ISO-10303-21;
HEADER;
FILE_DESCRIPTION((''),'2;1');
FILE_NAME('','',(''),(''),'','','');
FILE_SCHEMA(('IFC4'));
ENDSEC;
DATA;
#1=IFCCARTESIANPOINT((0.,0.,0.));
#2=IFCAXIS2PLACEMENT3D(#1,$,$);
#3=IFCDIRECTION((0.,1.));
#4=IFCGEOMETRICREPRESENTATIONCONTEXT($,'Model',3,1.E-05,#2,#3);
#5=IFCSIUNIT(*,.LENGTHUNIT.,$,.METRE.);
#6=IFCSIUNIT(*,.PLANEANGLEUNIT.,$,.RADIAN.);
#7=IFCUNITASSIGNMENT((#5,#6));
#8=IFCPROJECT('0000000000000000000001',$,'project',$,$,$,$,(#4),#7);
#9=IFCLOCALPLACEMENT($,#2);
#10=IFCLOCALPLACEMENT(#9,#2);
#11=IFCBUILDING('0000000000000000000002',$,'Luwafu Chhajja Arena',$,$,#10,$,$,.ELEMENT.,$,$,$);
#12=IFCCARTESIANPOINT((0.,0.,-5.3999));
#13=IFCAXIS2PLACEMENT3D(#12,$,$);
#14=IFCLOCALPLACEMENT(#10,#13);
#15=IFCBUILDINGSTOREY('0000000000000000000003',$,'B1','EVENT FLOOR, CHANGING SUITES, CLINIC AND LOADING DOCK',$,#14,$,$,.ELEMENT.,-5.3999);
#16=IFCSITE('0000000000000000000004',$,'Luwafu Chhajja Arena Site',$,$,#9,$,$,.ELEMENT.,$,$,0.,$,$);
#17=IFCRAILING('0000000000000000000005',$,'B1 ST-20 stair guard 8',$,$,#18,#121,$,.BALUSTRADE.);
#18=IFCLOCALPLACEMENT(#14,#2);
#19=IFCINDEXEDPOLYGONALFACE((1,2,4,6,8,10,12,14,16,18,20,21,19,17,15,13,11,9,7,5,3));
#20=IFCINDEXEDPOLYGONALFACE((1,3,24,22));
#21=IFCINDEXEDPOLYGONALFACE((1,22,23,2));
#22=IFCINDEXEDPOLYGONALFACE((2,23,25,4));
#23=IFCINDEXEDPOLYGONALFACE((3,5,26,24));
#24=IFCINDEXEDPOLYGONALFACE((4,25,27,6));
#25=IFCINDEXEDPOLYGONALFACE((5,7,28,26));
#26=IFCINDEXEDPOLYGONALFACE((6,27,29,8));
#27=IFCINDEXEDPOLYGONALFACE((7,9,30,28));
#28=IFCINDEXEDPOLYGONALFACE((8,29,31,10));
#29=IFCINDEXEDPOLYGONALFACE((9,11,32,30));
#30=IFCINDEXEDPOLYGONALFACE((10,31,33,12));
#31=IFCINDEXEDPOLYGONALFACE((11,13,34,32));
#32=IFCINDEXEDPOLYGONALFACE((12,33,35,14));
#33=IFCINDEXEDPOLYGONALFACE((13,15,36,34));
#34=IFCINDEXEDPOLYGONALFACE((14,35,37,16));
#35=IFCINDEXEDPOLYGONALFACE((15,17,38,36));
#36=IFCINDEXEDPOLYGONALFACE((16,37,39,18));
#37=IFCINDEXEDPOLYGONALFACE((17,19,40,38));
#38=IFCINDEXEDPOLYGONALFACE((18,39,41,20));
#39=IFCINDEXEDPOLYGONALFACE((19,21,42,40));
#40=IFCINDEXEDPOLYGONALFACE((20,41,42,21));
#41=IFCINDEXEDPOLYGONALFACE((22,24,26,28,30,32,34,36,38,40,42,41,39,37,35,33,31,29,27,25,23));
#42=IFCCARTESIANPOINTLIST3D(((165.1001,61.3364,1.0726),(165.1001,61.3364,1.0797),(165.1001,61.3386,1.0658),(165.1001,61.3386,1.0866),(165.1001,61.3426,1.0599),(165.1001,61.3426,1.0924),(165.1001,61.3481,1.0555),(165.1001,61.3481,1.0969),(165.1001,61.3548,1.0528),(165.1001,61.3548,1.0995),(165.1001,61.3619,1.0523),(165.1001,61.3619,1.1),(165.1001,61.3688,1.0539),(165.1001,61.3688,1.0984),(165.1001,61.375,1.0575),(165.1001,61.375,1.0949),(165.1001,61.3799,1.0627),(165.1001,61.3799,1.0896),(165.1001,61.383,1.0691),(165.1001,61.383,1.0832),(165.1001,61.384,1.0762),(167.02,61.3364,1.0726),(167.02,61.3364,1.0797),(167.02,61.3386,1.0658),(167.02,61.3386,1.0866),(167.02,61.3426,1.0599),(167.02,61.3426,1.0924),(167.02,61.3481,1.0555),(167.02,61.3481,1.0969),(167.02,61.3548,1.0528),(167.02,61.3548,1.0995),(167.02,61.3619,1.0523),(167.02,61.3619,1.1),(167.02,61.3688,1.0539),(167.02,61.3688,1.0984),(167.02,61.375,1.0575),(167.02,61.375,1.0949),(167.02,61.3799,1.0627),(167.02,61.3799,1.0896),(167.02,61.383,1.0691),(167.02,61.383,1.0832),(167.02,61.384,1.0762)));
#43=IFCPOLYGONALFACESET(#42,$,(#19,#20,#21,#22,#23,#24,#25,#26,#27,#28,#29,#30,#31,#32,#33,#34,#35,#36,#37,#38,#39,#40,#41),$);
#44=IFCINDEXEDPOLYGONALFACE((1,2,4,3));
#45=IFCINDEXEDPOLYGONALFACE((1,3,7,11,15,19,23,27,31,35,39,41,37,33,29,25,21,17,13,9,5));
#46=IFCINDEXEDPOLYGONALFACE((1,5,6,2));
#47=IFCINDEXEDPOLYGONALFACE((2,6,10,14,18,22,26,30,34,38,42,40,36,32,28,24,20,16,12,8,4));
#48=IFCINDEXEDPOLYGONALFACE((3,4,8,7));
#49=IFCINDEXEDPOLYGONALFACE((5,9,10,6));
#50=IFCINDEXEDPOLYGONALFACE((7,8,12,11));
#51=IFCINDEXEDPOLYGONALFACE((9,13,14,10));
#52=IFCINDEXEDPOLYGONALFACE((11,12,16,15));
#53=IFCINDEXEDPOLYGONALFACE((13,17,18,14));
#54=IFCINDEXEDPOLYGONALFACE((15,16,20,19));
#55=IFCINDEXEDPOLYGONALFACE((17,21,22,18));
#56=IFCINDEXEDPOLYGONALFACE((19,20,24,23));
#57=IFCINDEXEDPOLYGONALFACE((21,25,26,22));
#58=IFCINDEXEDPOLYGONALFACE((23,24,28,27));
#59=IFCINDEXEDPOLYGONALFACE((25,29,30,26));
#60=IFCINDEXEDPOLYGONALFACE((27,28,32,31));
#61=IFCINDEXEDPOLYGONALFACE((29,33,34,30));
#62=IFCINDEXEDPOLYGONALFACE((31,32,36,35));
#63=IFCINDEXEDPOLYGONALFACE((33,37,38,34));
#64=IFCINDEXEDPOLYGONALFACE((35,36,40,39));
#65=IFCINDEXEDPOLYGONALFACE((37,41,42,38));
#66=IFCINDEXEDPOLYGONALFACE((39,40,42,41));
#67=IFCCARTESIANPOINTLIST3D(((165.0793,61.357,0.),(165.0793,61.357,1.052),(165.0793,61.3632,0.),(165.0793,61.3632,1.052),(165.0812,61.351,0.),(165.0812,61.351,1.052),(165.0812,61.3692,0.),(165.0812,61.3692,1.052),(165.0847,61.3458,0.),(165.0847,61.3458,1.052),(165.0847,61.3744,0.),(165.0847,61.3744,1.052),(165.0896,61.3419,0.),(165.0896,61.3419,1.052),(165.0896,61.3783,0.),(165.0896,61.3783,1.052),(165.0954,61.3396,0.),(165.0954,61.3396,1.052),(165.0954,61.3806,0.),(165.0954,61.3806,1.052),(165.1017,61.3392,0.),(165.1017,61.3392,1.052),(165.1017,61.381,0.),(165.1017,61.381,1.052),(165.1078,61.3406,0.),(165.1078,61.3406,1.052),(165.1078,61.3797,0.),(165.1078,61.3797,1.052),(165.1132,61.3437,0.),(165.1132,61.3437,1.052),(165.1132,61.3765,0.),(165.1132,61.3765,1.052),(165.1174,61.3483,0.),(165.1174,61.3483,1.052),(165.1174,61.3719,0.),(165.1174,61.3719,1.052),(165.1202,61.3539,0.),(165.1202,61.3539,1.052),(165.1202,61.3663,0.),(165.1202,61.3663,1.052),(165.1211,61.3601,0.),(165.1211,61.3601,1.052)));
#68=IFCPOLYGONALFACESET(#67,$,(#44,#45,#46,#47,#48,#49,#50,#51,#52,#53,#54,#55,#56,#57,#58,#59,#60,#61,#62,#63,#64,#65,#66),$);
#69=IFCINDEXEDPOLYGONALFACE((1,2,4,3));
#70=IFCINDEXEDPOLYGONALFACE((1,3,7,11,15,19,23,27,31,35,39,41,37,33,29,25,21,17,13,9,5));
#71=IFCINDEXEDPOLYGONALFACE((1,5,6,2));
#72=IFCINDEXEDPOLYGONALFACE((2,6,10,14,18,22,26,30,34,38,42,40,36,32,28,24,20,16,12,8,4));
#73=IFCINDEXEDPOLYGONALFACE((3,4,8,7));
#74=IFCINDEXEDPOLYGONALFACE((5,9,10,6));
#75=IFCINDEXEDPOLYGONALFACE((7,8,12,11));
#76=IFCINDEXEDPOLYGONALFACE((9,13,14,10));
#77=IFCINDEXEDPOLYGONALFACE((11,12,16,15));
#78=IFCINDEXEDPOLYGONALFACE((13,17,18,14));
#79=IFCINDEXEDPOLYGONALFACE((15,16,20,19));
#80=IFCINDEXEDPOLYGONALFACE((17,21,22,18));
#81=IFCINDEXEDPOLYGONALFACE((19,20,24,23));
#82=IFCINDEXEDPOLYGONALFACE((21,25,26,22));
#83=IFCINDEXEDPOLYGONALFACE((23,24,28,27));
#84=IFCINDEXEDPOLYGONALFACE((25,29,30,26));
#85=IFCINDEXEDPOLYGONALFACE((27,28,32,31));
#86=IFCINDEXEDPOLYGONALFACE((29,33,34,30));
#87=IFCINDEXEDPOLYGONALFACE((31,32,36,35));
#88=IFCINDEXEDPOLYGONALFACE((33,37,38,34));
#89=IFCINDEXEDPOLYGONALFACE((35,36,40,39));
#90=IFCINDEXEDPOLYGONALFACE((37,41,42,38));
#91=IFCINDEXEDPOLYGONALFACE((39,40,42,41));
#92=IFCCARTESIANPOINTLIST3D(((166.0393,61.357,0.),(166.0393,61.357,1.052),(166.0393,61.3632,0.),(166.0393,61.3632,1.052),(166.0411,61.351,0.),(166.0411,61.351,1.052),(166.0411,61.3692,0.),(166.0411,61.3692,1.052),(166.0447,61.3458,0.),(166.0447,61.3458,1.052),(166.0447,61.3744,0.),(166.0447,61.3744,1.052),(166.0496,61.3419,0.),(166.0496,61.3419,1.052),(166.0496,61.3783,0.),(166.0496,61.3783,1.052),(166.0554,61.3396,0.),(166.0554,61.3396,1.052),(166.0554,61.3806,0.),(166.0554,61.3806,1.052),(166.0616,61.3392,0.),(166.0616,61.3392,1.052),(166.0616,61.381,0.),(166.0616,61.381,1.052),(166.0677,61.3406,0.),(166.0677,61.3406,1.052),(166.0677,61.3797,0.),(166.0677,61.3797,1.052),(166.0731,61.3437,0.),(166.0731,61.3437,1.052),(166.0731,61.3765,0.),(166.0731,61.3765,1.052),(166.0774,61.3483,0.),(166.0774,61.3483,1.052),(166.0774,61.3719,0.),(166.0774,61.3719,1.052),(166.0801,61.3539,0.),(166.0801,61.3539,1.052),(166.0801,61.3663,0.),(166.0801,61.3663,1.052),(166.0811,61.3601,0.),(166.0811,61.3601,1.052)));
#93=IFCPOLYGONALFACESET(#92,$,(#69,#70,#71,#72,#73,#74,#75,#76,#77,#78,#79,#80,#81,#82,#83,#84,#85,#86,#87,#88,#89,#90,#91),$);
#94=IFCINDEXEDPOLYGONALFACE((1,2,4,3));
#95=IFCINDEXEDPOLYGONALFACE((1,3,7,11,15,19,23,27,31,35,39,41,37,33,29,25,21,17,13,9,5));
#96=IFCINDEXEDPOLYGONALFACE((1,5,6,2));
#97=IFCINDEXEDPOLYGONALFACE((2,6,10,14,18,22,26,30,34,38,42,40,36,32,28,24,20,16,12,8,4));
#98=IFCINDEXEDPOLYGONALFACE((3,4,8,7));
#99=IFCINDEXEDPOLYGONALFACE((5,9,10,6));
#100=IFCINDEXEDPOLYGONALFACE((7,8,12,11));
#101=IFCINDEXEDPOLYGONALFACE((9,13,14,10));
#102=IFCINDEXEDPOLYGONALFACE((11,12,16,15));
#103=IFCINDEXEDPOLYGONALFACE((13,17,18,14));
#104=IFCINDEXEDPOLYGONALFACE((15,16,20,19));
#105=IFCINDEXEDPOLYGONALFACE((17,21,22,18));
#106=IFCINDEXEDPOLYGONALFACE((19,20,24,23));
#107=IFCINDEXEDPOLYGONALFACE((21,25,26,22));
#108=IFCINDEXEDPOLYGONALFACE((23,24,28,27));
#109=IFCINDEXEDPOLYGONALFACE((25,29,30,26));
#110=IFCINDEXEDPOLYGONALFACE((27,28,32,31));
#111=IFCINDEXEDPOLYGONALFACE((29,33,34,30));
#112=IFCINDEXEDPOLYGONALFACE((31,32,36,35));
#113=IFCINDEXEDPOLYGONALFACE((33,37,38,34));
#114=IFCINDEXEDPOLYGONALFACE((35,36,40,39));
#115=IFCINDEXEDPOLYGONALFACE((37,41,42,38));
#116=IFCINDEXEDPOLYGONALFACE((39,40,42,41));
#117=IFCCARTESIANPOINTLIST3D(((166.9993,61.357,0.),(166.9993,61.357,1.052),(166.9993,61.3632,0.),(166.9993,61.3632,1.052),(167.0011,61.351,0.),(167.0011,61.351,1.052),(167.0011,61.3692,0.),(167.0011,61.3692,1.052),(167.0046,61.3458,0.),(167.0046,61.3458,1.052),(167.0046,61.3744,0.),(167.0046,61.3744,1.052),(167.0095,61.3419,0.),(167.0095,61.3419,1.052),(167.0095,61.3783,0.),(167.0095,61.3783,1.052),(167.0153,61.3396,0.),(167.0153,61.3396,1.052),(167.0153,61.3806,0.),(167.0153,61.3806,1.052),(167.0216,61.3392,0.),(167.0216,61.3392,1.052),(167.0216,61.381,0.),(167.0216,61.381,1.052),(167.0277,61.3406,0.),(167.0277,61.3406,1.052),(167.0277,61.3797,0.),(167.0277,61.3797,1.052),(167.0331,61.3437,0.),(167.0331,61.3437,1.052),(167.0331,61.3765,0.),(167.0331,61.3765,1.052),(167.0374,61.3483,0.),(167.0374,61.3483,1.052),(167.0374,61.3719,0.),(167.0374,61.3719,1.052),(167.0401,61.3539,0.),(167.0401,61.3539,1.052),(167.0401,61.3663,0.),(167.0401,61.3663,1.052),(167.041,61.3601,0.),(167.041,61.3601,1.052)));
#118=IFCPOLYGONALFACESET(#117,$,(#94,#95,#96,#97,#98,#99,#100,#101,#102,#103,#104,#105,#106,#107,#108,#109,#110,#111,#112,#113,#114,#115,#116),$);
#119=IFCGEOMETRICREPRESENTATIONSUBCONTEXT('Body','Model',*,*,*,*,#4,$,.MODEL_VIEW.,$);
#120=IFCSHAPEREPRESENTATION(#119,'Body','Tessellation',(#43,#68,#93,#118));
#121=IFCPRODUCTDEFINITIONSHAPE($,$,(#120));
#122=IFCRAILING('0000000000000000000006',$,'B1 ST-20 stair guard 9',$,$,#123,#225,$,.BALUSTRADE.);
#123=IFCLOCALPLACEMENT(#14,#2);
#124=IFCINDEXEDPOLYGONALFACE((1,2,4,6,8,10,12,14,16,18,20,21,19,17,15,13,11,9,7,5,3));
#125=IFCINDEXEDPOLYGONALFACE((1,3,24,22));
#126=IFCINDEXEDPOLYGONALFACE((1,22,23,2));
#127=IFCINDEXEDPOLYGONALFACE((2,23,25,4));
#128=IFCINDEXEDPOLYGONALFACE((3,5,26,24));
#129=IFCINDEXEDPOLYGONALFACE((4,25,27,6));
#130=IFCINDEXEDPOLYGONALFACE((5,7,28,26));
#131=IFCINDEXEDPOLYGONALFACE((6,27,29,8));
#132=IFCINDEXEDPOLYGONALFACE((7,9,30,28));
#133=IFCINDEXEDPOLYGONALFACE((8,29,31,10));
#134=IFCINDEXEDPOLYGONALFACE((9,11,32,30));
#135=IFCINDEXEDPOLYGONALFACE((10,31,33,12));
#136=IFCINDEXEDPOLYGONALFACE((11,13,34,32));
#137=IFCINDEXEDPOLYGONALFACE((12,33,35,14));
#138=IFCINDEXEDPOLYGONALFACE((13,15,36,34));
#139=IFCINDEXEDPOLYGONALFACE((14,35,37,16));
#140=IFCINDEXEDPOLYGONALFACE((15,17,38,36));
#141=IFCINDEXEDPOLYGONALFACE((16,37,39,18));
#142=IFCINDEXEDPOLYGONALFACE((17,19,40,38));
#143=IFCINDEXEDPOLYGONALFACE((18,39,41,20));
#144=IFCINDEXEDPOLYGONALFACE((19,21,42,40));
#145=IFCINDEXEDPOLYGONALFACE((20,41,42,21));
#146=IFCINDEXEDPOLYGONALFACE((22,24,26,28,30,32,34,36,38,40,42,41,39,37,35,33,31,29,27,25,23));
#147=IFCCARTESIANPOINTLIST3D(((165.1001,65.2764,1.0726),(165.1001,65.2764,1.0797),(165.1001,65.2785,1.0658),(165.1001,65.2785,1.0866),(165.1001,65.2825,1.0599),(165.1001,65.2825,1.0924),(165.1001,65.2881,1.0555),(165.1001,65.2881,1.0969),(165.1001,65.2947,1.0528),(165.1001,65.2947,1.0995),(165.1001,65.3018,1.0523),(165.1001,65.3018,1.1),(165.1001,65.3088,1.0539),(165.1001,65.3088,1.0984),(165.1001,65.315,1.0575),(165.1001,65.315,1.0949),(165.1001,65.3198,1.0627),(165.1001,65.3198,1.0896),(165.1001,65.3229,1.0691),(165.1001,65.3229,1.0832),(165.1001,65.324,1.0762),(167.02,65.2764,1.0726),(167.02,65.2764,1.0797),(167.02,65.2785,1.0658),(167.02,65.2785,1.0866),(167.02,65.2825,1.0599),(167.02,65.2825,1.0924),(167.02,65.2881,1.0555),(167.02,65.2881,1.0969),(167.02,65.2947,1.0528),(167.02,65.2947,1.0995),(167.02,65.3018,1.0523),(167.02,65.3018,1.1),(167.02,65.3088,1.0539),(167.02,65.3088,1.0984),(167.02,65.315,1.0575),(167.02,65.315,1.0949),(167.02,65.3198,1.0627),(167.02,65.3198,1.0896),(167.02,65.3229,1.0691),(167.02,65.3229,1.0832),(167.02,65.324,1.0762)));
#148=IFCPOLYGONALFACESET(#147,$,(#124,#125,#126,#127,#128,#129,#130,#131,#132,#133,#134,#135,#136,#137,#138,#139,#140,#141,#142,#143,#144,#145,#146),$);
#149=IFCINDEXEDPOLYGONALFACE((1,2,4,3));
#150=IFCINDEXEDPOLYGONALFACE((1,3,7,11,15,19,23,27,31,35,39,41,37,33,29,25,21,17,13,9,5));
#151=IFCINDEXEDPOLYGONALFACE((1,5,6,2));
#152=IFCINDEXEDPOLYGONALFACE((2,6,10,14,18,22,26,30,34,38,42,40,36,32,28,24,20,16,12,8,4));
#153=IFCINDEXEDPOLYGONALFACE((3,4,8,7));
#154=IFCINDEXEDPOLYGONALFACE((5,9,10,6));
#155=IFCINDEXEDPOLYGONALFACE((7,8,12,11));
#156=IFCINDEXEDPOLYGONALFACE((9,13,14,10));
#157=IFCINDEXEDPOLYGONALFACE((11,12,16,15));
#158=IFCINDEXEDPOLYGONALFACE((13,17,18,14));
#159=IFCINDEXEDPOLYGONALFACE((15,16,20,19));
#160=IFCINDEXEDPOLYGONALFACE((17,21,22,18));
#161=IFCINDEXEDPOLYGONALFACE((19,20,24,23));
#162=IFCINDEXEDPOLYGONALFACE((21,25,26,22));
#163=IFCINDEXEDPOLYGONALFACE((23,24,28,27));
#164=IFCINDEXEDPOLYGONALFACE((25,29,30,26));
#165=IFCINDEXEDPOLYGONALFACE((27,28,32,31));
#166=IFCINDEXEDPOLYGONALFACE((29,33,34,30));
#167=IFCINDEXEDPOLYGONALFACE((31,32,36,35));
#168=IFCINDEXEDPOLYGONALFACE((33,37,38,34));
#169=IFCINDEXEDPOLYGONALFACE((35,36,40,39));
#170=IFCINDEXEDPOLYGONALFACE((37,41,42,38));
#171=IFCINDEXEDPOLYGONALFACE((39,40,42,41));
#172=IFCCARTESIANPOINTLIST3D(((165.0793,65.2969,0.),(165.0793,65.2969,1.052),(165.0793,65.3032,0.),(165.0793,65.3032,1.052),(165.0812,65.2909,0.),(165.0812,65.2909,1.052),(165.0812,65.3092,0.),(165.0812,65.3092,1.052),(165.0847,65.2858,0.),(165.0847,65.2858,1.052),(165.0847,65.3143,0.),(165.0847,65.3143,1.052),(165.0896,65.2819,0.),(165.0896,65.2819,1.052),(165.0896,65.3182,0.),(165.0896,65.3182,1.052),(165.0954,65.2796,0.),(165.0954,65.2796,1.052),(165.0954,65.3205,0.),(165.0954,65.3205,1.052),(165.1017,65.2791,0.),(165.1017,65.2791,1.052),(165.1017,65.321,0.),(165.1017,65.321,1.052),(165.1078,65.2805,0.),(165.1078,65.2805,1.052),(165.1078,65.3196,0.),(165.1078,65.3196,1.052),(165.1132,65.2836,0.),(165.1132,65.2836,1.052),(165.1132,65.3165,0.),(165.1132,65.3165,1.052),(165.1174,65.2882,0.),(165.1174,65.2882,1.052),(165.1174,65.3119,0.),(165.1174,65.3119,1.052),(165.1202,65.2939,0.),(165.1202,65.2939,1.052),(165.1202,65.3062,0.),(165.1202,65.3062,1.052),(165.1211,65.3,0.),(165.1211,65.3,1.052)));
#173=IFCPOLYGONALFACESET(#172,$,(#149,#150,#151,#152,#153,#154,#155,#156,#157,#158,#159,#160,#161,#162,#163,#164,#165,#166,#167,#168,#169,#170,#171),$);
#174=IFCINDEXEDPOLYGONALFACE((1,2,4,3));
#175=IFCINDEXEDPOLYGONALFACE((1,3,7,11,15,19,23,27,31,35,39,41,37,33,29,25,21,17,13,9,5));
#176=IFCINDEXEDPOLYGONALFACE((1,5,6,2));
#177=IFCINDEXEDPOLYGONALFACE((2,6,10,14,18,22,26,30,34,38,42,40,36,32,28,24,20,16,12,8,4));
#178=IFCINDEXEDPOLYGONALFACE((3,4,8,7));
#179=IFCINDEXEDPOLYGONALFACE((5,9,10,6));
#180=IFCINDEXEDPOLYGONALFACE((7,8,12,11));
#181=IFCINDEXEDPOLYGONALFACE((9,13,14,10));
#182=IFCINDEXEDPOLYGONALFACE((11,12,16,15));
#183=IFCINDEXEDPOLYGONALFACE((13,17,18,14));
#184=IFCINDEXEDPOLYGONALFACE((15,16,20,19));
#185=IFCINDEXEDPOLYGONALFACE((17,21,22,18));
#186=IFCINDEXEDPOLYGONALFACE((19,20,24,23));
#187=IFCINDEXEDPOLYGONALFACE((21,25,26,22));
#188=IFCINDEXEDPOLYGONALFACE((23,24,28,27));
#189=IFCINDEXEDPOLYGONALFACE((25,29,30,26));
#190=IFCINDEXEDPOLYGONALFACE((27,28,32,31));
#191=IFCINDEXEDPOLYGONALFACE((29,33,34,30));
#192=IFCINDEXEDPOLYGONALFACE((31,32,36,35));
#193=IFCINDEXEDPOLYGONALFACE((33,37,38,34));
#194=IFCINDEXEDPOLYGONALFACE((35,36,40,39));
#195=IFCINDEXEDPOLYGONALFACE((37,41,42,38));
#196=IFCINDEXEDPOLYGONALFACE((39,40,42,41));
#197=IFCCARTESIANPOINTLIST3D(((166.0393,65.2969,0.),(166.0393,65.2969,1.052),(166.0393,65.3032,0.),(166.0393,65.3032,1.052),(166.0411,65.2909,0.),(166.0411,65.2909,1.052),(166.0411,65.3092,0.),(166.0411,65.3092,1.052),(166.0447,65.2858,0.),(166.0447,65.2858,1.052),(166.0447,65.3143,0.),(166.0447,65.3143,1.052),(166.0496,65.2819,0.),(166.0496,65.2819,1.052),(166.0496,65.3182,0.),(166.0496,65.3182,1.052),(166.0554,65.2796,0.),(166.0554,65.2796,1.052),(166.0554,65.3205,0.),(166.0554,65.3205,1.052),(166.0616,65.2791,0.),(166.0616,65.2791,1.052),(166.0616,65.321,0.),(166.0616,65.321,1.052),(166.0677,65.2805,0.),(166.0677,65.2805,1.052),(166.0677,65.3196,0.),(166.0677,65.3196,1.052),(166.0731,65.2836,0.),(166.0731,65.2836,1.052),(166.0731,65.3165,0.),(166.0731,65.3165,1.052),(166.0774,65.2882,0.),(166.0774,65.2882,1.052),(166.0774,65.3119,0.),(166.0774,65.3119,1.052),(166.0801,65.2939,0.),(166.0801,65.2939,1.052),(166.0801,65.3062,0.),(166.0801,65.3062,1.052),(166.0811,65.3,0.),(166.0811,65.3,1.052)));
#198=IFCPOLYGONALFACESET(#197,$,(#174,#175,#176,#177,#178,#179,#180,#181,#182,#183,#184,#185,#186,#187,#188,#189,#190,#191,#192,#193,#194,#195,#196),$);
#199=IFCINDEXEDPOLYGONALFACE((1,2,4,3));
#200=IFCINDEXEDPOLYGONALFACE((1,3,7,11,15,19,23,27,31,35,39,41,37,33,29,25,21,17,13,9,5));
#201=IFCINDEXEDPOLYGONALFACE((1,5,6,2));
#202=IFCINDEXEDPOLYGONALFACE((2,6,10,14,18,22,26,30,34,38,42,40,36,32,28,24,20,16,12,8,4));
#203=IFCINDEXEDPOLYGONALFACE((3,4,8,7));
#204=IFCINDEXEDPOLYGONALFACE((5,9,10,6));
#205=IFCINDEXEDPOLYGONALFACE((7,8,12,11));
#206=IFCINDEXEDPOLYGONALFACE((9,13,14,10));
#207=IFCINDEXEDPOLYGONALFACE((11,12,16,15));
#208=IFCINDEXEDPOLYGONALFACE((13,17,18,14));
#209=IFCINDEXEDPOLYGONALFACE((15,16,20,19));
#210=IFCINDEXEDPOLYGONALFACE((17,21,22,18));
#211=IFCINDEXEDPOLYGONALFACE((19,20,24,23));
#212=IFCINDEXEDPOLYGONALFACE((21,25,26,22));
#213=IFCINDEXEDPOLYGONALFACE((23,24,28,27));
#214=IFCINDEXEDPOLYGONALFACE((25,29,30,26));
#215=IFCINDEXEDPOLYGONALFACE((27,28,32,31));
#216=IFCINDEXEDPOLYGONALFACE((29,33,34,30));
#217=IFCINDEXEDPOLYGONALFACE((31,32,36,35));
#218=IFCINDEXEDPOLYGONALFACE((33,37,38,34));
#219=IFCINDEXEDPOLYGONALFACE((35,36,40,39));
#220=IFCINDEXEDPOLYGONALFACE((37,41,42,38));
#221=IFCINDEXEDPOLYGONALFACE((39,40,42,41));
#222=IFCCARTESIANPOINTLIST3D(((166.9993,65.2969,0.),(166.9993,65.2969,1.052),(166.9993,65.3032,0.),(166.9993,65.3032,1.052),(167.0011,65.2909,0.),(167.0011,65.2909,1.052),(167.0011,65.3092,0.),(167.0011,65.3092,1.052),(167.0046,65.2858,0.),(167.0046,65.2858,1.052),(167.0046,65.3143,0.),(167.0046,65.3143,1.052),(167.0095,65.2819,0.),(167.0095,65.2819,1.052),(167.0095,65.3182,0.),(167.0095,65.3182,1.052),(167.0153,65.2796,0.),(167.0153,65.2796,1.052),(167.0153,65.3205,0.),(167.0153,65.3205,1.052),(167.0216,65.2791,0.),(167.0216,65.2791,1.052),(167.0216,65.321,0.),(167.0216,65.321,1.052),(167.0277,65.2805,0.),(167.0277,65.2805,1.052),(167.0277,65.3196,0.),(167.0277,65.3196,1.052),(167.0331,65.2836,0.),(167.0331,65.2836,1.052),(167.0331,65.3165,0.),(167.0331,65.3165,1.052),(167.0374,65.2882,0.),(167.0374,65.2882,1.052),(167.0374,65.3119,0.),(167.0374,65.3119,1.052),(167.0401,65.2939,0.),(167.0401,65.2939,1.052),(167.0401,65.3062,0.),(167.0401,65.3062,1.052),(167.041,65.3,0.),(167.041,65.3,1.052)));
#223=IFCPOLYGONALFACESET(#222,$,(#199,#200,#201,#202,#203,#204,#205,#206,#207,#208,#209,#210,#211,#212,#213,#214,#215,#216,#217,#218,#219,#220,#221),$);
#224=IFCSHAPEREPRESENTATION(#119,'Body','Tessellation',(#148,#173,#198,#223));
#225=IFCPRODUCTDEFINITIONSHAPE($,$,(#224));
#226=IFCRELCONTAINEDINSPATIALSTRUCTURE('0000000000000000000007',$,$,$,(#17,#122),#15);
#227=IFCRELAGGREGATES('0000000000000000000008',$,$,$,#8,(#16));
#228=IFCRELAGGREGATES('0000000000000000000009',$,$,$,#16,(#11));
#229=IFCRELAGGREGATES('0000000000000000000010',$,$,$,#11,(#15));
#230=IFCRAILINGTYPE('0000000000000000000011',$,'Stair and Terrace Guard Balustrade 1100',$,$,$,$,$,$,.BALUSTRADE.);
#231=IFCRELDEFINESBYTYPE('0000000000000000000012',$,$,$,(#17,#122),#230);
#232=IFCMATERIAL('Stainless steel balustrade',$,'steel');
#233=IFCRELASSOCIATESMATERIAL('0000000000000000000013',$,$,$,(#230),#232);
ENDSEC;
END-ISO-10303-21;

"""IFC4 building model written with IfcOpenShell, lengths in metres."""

from ifc_helpers import new_model, si_unit, direction, frame, origin, origin_2d, place, context, subcontext, project, spatial, circle, extrude, material, type_object, element, save


model = new_model("IFC4")

# Units and contexts
model_context = context("Model", 3, precision=1e-05, world=origin(), true_north=direction((0.0, 1.0)))
body_context = subcontext(model_context, "Body", "Model", "MODEL_VIEW")
ifc_project = project(units=[si_unit("LENGTHUNIT", "METRE"), si_unit("PLANEANGLEUNIT", "RADIAN")], contexts=[model_context])

# Site, building, storey
site_placement = place(None, origin())
site = spatial("IfcSite", under=ifc_project, at=site_placement, Name="Luwafu Chhajja Arena Site", CompositionType="ELEMENT", RefElevation=0.0)
building_placement = place(site_placement, origin())
building = spatial("IfcBuilding", under=site, at=building_placement, Name="Luwafu Chhajja Arena", CompositionType="ELEMENT")
storey_placement = place(building_placement, frame((0.0, 0.0, -5.3999)))
storey = spatial("IfcBuildingStorey", under=building, at=storey_placement, Name="B1", Description="EVENT FLOOR, CHANGING SUITES, CLINIC AND LOADING DOCK", CompositionType="ELEMENT", Elevation=-5.3999)

# Railings
ifc_material_1 = material(Name="Stainless steel balustrade", Category="steel")
railing_type_1 = type_object("IfcRailingType", Name="Stair and Terrace Guard Balustrade 1100", PredefinedType="BALUSTRADE", material=ifc_material_1)
for number, where, name in (
    (1, (165.1001, 61.3601, 0.0), "B1 ST-20 stair guard 8"),
    (2, (165.1001, 65.3, 0.0), "B1 ST-20 stair guard 9"),
):
    element("IfcRailing", number, at=place(storey_placement, frame(where)), inside=storey, type_object=railing_type_1, Name=name, PredefinedType="BALUSTRADE", context=body_context, shape_type="SweptSolid", body=[
        extrude(circle(Radius=0.0239, at=origin_2d()), frame((0.0, 0.0, 1.0762), z_axis=(1.0, 0.0, 0.0), x_axis=(0.0, 1.0, 0.0)), (0.0, 0.0, 1.0), 1.9199),
        extrude(circle(Radius=0.021, at=origin_2d()), origin(), (0.0, 0.0, 1.0), 1.052),
        extrude(circle(Radius=0.021, at=origin_2d()), frame((0.96, 0.0, 0.0)), (0.0, 0.0, 1.0), 1.052),
        extrude(circle(Radius=0.021, at=origin_2d()), frame((1.9199, 0.0, 0.0)), (0.0, 0.0, 1.0), 1.052),
    ])

save(model, "model.ifc")
